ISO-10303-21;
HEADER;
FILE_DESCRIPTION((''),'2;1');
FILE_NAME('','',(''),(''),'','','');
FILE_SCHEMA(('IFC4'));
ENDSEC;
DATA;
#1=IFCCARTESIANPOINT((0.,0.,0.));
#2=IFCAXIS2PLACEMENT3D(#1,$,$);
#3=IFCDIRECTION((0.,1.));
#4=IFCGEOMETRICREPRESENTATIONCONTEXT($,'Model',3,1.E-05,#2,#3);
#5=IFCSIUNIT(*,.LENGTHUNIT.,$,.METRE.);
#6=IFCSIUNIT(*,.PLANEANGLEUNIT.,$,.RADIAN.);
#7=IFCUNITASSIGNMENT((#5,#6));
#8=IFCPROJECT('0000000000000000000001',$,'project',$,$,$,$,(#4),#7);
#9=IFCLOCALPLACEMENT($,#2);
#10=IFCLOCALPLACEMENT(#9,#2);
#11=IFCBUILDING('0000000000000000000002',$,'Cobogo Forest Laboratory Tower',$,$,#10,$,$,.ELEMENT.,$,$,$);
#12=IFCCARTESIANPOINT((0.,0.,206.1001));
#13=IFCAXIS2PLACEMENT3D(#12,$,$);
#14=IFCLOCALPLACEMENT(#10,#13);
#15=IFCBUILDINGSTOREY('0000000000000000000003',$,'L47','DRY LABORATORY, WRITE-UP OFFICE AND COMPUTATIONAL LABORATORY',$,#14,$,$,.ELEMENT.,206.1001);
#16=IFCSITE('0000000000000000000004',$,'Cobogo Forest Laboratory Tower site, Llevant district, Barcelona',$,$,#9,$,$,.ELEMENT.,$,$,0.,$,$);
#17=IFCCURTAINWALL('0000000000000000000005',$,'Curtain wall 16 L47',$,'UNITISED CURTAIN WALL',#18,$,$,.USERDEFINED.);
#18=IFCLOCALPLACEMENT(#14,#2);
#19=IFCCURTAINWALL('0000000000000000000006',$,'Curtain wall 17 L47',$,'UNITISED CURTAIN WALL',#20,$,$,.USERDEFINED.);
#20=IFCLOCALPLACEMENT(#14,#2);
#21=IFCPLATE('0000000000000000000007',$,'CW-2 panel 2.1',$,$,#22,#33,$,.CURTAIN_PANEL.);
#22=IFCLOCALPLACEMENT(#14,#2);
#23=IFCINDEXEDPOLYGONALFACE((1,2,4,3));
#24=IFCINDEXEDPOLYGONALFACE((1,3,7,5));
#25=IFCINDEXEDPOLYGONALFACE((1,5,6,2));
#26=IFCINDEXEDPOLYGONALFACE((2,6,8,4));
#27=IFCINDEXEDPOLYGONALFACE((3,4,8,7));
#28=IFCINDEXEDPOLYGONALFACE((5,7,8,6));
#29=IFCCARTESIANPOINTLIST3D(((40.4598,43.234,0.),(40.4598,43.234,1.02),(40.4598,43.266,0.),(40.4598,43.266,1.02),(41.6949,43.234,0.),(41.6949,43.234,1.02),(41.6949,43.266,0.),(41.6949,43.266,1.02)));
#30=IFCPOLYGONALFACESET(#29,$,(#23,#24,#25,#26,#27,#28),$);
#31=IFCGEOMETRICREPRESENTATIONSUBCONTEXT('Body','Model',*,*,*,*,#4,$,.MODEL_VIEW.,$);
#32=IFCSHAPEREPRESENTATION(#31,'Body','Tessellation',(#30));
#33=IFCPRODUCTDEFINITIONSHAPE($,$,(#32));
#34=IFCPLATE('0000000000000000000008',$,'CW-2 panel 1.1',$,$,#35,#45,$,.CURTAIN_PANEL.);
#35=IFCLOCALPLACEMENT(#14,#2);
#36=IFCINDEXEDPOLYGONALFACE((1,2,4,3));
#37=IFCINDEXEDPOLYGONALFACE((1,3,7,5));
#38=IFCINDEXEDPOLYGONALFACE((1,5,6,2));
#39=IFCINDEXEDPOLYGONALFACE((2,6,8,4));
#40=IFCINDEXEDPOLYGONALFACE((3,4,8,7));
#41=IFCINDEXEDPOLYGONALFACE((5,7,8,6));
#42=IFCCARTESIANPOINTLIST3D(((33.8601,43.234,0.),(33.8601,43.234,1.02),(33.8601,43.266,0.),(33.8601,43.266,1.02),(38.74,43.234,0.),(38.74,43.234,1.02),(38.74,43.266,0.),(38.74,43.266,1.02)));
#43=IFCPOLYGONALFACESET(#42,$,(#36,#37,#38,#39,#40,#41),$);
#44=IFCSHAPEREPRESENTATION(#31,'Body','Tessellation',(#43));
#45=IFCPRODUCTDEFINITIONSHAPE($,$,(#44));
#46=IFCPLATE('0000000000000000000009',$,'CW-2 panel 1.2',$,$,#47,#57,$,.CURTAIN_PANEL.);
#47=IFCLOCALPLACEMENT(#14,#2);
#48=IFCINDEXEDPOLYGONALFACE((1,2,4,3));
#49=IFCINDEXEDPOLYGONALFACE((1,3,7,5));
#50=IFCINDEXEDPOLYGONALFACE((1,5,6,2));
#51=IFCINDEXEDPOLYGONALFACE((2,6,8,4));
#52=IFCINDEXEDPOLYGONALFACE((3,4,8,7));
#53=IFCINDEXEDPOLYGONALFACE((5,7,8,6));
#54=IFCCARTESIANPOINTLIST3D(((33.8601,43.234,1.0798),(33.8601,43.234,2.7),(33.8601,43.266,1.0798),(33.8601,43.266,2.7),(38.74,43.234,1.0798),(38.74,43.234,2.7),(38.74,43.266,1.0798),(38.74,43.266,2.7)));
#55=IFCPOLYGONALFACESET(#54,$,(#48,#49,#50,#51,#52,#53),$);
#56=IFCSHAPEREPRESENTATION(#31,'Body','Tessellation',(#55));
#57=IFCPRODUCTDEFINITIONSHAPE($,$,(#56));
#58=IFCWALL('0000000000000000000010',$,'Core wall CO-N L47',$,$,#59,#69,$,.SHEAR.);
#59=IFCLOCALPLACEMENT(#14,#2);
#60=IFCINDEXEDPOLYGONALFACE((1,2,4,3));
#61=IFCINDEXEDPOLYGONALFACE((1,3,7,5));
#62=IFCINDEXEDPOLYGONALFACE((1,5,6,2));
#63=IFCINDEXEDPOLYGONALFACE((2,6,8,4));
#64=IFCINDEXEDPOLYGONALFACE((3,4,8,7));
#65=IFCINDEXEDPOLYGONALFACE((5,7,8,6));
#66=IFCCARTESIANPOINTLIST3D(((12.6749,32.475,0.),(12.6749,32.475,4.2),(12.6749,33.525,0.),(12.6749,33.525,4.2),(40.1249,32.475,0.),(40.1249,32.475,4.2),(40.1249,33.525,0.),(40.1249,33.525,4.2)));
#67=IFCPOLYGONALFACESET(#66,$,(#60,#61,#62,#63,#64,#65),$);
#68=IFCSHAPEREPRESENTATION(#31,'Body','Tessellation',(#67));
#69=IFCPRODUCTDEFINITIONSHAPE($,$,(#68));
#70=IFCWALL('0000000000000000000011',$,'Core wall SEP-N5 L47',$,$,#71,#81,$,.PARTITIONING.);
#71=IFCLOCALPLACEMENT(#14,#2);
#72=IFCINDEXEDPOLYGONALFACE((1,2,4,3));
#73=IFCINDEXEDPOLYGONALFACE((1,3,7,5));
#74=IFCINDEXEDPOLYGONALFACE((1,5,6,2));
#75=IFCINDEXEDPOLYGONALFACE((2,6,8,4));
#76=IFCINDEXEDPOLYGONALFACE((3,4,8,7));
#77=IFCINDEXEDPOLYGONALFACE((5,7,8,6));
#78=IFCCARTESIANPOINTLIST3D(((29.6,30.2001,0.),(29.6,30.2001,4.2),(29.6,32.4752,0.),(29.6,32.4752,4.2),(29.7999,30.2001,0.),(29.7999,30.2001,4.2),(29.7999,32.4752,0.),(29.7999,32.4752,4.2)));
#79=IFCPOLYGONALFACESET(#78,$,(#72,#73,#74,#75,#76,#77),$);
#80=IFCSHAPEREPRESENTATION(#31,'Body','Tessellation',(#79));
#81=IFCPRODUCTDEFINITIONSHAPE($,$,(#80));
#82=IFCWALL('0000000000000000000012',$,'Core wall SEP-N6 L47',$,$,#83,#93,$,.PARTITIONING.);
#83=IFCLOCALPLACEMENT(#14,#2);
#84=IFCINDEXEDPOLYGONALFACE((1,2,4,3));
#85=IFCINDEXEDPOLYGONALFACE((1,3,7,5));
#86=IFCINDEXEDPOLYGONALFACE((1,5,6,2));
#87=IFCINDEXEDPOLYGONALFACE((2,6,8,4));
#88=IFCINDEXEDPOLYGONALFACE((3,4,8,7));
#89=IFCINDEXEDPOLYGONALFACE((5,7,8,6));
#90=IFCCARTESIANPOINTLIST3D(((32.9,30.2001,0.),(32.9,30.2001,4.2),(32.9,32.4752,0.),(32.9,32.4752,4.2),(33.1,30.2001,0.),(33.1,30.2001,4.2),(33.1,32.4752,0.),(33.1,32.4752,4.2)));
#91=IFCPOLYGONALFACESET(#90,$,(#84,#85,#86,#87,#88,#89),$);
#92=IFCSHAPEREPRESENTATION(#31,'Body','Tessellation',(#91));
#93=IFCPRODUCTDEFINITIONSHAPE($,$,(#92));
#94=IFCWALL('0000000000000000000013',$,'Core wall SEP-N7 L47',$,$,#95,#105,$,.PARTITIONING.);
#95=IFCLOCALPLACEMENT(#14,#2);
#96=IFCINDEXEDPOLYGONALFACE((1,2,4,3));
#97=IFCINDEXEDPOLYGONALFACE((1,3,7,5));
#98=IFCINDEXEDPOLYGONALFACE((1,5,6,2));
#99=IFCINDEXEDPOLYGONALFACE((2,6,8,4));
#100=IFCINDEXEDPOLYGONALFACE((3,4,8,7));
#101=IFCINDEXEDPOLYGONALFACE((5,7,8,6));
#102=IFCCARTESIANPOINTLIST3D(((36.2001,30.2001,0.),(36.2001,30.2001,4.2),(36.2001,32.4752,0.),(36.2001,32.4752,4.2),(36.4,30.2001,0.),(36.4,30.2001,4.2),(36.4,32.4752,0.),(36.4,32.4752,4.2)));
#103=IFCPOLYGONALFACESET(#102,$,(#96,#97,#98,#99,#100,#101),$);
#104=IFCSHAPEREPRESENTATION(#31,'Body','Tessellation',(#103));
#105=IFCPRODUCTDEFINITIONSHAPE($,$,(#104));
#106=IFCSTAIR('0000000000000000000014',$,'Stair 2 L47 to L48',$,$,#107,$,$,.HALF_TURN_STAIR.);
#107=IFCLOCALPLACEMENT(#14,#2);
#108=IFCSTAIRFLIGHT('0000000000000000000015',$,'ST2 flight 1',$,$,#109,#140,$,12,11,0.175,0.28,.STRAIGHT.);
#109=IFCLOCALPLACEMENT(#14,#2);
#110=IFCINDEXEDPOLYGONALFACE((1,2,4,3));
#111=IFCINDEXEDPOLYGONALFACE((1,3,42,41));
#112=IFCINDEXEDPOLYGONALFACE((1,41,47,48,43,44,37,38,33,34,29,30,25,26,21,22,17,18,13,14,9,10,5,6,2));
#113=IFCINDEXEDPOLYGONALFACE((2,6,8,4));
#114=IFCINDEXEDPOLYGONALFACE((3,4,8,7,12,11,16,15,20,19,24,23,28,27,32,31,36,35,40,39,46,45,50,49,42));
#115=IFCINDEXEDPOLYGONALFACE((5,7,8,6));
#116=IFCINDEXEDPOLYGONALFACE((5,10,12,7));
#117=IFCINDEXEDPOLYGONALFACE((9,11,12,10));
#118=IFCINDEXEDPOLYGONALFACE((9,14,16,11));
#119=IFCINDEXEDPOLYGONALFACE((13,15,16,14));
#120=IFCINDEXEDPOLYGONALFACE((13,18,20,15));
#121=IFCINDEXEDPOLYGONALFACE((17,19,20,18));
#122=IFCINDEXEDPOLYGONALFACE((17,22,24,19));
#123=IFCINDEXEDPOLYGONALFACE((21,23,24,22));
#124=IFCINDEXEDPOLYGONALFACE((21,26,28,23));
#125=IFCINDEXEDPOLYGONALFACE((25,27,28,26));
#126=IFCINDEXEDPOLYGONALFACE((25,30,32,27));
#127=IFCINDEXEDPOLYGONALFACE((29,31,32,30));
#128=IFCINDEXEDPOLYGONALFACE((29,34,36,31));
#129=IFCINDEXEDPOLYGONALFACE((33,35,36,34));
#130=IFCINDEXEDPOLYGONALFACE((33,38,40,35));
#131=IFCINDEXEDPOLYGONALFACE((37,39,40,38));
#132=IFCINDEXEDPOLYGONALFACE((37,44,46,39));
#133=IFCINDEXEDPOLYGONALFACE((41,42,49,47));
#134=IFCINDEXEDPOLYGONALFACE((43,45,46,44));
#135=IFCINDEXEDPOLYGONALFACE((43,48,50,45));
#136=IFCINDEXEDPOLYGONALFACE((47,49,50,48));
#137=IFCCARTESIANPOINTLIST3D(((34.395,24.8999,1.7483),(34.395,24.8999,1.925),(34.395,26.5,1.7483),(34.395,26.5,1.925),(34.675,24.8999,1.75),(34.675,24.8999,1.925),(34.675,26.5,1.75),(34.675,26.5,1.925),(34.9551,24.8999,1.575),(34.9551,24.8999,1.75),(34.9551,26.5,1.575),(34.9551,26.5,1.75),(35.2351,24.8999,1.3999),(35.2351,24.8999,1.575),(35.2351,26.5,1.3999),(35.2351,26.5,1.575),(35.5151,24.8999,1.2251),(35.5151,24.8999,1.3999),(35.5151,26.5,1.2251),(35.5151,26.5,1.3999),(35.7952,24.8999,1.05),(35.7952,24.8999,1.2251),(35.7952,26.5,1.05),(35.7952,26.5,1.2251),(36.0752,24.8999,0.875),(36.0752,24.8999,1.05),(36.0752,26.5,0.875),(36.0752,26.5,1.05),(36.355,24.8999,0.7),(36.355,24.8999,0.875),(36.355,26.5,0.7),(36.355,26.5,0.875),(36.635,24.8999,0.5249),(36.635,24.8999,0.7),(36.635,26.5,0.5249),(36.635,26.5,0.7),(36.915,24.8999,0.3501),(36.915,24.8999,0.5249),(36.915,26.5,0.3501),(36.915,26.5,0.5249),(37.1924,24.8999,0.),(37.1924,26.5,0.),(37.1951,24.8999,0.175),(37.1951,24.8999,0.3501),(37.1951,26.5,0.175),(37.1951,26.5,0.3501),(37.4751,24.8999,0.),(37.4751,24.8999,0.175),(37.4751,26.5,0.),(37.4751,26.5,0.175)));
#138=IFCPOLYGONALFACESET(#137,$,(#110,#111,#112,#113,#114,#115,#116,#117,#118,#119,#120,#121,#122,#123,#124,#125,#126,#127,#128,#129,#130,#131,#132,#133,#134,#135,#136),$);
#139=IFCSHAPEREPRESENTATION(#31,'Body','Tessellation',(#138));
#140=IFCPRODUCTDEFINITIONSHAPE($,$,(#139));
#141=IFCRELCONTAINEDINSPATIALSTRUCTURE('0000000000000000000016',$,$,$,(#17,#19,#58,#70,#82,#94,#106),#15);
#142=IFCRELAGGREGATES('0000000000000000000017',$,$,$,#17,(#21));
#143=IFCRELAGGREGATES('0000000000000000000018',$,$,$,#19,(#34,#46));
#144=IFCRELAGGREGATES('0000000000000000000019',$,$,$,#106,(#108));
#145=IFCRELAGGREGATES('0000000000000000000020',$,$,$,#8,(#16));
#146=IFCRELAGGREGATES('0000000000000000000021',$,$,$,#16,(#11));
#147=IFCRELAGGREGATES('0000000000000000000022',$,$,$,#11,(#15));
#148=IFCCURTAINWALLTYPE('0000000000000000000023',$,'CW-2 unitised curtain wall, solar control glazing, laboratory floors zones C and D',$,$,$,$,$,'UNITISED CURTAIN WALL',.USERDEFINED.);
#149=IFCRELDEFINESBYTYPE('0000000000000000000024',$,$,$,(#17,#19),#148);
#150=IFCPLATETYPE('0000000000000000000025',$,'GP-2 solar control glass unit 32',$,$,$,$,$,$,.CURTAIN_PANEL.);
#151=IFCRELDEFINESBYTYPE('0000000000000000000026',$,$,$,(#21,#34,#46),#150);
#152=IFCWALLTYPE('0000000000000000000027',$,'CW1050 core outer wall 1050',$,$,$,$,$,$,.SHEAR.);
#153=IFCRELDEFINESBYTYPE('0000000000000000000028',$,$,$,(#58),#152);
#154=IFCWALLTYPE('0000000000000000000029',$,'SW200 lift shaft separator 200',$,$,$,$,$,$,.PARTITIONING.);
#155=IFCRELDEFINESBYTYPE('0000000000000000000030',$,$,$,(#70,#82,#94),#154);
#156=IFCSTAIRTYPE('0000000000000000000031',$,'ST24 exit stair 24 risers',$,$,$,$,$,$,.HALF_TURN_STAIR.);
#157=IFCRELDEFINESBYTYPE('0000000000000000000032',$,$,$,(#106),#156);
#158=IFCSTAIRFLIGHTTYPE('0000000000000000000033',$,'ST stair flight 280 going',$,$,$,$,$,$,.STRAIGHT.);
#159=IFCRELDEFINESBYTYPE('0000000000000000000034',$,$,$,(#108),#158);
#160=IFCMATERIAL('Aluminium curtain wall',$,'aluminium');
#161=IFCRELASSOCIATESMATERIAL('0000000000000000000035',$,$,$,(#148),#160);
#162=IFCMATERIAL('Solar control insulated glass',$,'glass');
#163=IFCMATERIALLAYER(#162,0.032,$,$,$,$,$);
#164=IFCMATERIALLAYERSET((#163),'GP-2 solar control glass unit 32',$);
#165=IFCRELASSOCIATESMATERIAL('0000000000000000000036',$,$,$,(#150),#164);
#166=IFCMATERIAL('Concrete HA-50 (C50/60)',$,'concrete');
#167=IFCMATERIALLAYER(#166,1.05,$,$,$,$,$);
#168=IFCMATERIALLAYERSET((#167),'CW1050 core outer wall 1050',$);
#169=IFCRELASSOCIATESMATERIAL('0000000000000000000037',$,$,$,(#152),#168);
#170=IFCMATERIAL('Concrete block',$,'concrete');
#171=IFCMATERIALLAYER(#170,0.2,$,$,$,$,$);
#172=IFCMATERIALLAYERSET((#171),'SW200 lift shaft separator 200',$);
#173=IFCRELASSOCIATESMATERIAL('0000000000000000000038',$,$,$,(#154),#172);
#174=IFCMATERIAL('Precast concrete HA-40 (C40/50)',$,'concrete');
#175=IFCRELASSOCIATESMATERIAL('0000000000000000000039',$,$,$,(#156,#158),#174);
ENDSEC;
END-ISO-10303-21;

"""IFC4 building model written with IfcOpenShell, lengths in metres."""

from ifc_helpers import new_model, si_unit, direction, frame, frame_2d, origin, origin_2d, place, context, subcontext, project, spatial, polyline, rectangle, outline, extrude, material, layer, layer_set, type_object, element, aggregate, save


model = new_model("IFC4")

# Units and contexts
model_context = context("Model", 3, precision=1e-05, world=origin(), true_north=direction((0.0, 1.0)))
body_context = subcontext(model_context, "Body", "Model", "MODEL_VIEW")
ifc_project = project(units=[si_unit("LENGTHUNIT", "METRE"), si_unit("PLANEANGLEUNIT", "RADIAN")], contexts=[model_context])

# Site, building, storey
site_placement = place(None, origin())
site = spatial("IfcSite", under=ifc_project, at=site_placement, Name="Cobogo Forest Laboratory Tower site, Llevant district, Barcelona", CompositionType="ELEMENT", RefElevation=0.0)
building_placement = place(site_placement, origin())
building = spatial("IfcBuilding", under=site, at=building_placement, Name="Cobogo Forest Laboratory Tower", CompositionType="ELEMENT")
storey_placement = place(building_placement, frame((0.0, 0.0, 206.1001)))
storey = spatial("IfcBuildingStorey", under=building, at=storey_placement, Name="L47", Description="DRY LABORATORY, WRITE-UP OFFICE AND COMPUTATIONAL LABORATORY", CompositionType="ELEMENT", Elevation=206.1001)

# Shared definitions
ifc_material_1 = material(Name="Concrete HA-50 (C50/60)", Category="concrete")

# Curtain wall
ifc_material_2 = material(Name="Aluminium curtain wall", Category="aluminium")
curtain_wall_type = type_object("IfcCurtainWallType", Name="CW-2 unitised curtain wall, solar control glazing, laboratory floors zones C and D", ElementType="UNITISED CURTAIN WALL", PredefinedType="USERDEFINED", material=ifc_material_2)
curtain_wall_1_placement = place(storey_placement, origin())
curtain_wall_1 = element("IfcCurtainWall", 1, at=curtain_wall_1_placement, inside=storey, type_object=curtain_wall_type, Name="Curtain wall 16 L47", ObjectType="UNITISED CURTAIN WALL", PredefinedType="USERDEFINED")

# Curtain wall
curtain_wall_2_placement = place(storey_placement, origin())
curtain_wall_2 = element("IfcCurtainWall", 2, at=curtain_wall_2_placement, inside=storey, type_object=curtain_wall_type, Name="Curtain wall 17 L47", ObjectType="UNITISED CURTAIN WALL", PredefinedType="USERDEFINED")

# Plates
ifc_material_3 = material(Name="Solar control insulated glass", Category="glass")
ifc_layer_1 = layer(ifc_material_3, 0.032)
ifc_layer_set_1 = layer_set([ifc_layer_1], Name="GP-2 solar control glass unit 32")
plate_type = type_object("IfcPlateType", Name="GP-2 solar control glass unit 32", PredefinedType="CURTAIN_PANEL", material=ifc_layer_set_1)
plate_1_placement = place(storey_placement, frame((41.0774, 43.25, 0.0), z_axis=(0.0, 0.0, 1.0), x_axis=(-1.0, 0.0, 0.0)))
plate_1 = element("IfcPlate", 3, at=plate_1_placement, type_object=plate_type, Name="CW-2 panel 2.1", PredefinedType="CURTAIN_PANEL", context=body_context, shape_type="SweptSolid", body=[
    extrude(rectangle(XDim=1.2351, YDim=0.032, at=origin_2d()), origin(), (0.0, 0.0, 1.0), 1.02),
])
aggregate(curtain_wall_1, [plate_1])
plate_2_placement = place(storey_placement, frame((36.3, 43.25, 0.0), z_axis=(0.0, 0.0, 1.0), x_axis=(-1.0, 0.0, 0.0)))
plate_2 = element("IfcPlate", 4, at=plate_2_placement, type_object=plate_type, Name="CW-2 panel 1.1", PredefinedType="CURTAIN_PANEL", context=body_context, shape_type="SweptSolid", body=[
    extrude(rectangle(XDim=4.8799, YDim=0.032, at=origin_2d()), origin(), (0.0, 0.0, 1.0), 1.02),
])
plate_3_placement = place(storey_placement, frame((36.3, 43.25, 1.0798), z_axis=(0.0, 0.0, 1.0), x_axis=(-1.0, 0.0, 0.0)))
plate_3 = element("IfcPlate", 5, at=plate_3_placement, type_object=plate_type, Name="CW-2 panel 1.2", PredefinedType="CURTAIN_PANEL", context=body_context, shape_type="SweptSolid", body=[
    extrude(rectangle(XDim=4.8799, YDim=0.032, at=origin_2d()), origin(), (0.0, 0.0, 1.0), 1.6201),
])
aggregate(curtain_wall_2, [plate_2, plate_3])

# Wall
ifc_layer_2 = layer(ifc_material_1, 1.05)
ifc_layer_set_2 = layer_set([ifc_layer_2], Name="CW1050 core outer wall 1050")
wall_type_1 = type_object("IfcWallType", Name="CW1050 core outer wall 1050", PredefinedType="SHEAR", material=ifc_layer_set_2)
wall_1_placement = place(storey_placement, frame((40.125, 33.0, 0.0), z_axis=(0.0, 0.0, 1.0), x_axis=(-1.0, 0.0, 0.0)))
element("IfcWall", 6, at=wall_1_placement, inside=storey, type_object=wall_type_1, Name="Core wall CO-N L47", PredefinedType="SHEAR", context=body_context, shape_type="SweptSolid", body=[
    extrude(rectangle(XDim=27.45, YDim=1.05, at=frame_2d((13.7251, 0.0))), origin(), (0.0, 0.0, 1.0), 4.2),
])

# Walls
ifc_material_4 = material(Name="Concrete block", Category="concrete")
ifc_layer_3 = layer(ifc_material_4, 0.2)
ifc_layer_set_3 = layer_set([ifc_layer_3], Name="SW200 lift shaft separator 200")
wall_type_2 = type_object("IfcWallType", Name="SW200 lift shaft separator 200", PredefinedType="PARTITIONING", material=ifc_layer_set_3)
for number, where, z_axis, x_axis, name in (
    (7, (29.7, 30.2, 0.0), (0.0, 0.0, 1.0), (0.0, 1.0, 0.0), "Core wall SEP-N5 L47"),
    (8, (33.0, 30.2, 0.0), (0.0, 0.0, 1.0), (0.0, 1.0, 0.0), "Core wall SEP-N6 L47"),
    (9, (36.3, 30.2, 0.0), (0.0, 0.0, 1.0), (0.0, 1.0, 0.0), "Core wall SEP-N7 L47"),
):
    element("IfcWall", number, at=place(storey_placement, frame(where, z_axis=z_axis, x_axis=x_axis)), inside=storey, type_object=wall_type_2, Name=name, PredefinedType="PARTITIONING", context=body_context, shape_type="SweptSolid", body=[
        extrude(rectangle(XDim=2.2751, YDim=0.2, at=frame_2d((1.1377, 0.0))), origin(), (0.0, 0.0, 1.0), 4.2),
    ])

# Stair, stair flight
ifc_material_5 = material(Name="Precast concrete HA-40 (C40/50)", Category="concrete")
stair_type = type_object("IfcStairType", Name="ST24 exit stair 24 risers", PredefinedType="HALF_TURN_STAIR", material=ifc_material_5)
stair_placement = place(storey_placement, origin())
stair = element("IfcStair", 10, at=stair_placement, inside=storey, type_object=stair_type, Name="Stair 2 L47 to L48", PredefinedType="HALF_TURN_STAIR")
stair_flight_type = type_object("IfcStairFlightType", Name="ST stair flight 280 going", PredefinedType="STRAIGHT", material=ifc_material_5)
stair_flight_placement = place(storey_placement, frame((37.4751, 25.7, 0.0), z_axis=(0.0, 0.0, 1.0), x_axis=(-1.0, 0.0, 0.0)))
stair_flight = element("IfcStairFlight", 11, at=stair_flight_placement, type_object=stair_flight_type, Name="ST2 flight 1", NumberOfRisers=12, NumberOfTreads=11, PredefinedType="STRAIGHT", RiserHeight=0.175, TreadLength=0.28, context=body_context, shape_type="SweptSolid", body=[
    extrude(outline(polyline([(0.0, 0.0), (0.0, 0.175), (0.28, 0.175), (0.28, 0.3501), (0.5601, 0.3501), (0.5601, 0.5249), (0.8401, 0.5249), (0.8401, 0.7), (1.1201, 0.7), (1.1201, 0.875), (1.3999, 0.875), (1.3999, 1.05), (1.6799, 1.05), (1.6799, 1.2251), (1.96, 1.2251), (1.96, 1.3999), (2.24, 1.3999), (2.24, 1.575), (2.52, 1.575), (2.52, 1.75), (2.8, 1.75), (2.8, 1.925), (3.0801, 1.925), (3.0801, 2.1001), (3.0801, 1.7483), (0.2827, 0.0), (0.0, 0.0)])), frame((0.0, 0.8, 0.0), z_axis=(0.0, -1.0, 0.0), x_axis=(1.0, 0.0, 0.0)), (0.0, 0.0, 1.0), 1.6001),
])
aggregate(stair, [stair_flight])

save(model, "model.ifc")
